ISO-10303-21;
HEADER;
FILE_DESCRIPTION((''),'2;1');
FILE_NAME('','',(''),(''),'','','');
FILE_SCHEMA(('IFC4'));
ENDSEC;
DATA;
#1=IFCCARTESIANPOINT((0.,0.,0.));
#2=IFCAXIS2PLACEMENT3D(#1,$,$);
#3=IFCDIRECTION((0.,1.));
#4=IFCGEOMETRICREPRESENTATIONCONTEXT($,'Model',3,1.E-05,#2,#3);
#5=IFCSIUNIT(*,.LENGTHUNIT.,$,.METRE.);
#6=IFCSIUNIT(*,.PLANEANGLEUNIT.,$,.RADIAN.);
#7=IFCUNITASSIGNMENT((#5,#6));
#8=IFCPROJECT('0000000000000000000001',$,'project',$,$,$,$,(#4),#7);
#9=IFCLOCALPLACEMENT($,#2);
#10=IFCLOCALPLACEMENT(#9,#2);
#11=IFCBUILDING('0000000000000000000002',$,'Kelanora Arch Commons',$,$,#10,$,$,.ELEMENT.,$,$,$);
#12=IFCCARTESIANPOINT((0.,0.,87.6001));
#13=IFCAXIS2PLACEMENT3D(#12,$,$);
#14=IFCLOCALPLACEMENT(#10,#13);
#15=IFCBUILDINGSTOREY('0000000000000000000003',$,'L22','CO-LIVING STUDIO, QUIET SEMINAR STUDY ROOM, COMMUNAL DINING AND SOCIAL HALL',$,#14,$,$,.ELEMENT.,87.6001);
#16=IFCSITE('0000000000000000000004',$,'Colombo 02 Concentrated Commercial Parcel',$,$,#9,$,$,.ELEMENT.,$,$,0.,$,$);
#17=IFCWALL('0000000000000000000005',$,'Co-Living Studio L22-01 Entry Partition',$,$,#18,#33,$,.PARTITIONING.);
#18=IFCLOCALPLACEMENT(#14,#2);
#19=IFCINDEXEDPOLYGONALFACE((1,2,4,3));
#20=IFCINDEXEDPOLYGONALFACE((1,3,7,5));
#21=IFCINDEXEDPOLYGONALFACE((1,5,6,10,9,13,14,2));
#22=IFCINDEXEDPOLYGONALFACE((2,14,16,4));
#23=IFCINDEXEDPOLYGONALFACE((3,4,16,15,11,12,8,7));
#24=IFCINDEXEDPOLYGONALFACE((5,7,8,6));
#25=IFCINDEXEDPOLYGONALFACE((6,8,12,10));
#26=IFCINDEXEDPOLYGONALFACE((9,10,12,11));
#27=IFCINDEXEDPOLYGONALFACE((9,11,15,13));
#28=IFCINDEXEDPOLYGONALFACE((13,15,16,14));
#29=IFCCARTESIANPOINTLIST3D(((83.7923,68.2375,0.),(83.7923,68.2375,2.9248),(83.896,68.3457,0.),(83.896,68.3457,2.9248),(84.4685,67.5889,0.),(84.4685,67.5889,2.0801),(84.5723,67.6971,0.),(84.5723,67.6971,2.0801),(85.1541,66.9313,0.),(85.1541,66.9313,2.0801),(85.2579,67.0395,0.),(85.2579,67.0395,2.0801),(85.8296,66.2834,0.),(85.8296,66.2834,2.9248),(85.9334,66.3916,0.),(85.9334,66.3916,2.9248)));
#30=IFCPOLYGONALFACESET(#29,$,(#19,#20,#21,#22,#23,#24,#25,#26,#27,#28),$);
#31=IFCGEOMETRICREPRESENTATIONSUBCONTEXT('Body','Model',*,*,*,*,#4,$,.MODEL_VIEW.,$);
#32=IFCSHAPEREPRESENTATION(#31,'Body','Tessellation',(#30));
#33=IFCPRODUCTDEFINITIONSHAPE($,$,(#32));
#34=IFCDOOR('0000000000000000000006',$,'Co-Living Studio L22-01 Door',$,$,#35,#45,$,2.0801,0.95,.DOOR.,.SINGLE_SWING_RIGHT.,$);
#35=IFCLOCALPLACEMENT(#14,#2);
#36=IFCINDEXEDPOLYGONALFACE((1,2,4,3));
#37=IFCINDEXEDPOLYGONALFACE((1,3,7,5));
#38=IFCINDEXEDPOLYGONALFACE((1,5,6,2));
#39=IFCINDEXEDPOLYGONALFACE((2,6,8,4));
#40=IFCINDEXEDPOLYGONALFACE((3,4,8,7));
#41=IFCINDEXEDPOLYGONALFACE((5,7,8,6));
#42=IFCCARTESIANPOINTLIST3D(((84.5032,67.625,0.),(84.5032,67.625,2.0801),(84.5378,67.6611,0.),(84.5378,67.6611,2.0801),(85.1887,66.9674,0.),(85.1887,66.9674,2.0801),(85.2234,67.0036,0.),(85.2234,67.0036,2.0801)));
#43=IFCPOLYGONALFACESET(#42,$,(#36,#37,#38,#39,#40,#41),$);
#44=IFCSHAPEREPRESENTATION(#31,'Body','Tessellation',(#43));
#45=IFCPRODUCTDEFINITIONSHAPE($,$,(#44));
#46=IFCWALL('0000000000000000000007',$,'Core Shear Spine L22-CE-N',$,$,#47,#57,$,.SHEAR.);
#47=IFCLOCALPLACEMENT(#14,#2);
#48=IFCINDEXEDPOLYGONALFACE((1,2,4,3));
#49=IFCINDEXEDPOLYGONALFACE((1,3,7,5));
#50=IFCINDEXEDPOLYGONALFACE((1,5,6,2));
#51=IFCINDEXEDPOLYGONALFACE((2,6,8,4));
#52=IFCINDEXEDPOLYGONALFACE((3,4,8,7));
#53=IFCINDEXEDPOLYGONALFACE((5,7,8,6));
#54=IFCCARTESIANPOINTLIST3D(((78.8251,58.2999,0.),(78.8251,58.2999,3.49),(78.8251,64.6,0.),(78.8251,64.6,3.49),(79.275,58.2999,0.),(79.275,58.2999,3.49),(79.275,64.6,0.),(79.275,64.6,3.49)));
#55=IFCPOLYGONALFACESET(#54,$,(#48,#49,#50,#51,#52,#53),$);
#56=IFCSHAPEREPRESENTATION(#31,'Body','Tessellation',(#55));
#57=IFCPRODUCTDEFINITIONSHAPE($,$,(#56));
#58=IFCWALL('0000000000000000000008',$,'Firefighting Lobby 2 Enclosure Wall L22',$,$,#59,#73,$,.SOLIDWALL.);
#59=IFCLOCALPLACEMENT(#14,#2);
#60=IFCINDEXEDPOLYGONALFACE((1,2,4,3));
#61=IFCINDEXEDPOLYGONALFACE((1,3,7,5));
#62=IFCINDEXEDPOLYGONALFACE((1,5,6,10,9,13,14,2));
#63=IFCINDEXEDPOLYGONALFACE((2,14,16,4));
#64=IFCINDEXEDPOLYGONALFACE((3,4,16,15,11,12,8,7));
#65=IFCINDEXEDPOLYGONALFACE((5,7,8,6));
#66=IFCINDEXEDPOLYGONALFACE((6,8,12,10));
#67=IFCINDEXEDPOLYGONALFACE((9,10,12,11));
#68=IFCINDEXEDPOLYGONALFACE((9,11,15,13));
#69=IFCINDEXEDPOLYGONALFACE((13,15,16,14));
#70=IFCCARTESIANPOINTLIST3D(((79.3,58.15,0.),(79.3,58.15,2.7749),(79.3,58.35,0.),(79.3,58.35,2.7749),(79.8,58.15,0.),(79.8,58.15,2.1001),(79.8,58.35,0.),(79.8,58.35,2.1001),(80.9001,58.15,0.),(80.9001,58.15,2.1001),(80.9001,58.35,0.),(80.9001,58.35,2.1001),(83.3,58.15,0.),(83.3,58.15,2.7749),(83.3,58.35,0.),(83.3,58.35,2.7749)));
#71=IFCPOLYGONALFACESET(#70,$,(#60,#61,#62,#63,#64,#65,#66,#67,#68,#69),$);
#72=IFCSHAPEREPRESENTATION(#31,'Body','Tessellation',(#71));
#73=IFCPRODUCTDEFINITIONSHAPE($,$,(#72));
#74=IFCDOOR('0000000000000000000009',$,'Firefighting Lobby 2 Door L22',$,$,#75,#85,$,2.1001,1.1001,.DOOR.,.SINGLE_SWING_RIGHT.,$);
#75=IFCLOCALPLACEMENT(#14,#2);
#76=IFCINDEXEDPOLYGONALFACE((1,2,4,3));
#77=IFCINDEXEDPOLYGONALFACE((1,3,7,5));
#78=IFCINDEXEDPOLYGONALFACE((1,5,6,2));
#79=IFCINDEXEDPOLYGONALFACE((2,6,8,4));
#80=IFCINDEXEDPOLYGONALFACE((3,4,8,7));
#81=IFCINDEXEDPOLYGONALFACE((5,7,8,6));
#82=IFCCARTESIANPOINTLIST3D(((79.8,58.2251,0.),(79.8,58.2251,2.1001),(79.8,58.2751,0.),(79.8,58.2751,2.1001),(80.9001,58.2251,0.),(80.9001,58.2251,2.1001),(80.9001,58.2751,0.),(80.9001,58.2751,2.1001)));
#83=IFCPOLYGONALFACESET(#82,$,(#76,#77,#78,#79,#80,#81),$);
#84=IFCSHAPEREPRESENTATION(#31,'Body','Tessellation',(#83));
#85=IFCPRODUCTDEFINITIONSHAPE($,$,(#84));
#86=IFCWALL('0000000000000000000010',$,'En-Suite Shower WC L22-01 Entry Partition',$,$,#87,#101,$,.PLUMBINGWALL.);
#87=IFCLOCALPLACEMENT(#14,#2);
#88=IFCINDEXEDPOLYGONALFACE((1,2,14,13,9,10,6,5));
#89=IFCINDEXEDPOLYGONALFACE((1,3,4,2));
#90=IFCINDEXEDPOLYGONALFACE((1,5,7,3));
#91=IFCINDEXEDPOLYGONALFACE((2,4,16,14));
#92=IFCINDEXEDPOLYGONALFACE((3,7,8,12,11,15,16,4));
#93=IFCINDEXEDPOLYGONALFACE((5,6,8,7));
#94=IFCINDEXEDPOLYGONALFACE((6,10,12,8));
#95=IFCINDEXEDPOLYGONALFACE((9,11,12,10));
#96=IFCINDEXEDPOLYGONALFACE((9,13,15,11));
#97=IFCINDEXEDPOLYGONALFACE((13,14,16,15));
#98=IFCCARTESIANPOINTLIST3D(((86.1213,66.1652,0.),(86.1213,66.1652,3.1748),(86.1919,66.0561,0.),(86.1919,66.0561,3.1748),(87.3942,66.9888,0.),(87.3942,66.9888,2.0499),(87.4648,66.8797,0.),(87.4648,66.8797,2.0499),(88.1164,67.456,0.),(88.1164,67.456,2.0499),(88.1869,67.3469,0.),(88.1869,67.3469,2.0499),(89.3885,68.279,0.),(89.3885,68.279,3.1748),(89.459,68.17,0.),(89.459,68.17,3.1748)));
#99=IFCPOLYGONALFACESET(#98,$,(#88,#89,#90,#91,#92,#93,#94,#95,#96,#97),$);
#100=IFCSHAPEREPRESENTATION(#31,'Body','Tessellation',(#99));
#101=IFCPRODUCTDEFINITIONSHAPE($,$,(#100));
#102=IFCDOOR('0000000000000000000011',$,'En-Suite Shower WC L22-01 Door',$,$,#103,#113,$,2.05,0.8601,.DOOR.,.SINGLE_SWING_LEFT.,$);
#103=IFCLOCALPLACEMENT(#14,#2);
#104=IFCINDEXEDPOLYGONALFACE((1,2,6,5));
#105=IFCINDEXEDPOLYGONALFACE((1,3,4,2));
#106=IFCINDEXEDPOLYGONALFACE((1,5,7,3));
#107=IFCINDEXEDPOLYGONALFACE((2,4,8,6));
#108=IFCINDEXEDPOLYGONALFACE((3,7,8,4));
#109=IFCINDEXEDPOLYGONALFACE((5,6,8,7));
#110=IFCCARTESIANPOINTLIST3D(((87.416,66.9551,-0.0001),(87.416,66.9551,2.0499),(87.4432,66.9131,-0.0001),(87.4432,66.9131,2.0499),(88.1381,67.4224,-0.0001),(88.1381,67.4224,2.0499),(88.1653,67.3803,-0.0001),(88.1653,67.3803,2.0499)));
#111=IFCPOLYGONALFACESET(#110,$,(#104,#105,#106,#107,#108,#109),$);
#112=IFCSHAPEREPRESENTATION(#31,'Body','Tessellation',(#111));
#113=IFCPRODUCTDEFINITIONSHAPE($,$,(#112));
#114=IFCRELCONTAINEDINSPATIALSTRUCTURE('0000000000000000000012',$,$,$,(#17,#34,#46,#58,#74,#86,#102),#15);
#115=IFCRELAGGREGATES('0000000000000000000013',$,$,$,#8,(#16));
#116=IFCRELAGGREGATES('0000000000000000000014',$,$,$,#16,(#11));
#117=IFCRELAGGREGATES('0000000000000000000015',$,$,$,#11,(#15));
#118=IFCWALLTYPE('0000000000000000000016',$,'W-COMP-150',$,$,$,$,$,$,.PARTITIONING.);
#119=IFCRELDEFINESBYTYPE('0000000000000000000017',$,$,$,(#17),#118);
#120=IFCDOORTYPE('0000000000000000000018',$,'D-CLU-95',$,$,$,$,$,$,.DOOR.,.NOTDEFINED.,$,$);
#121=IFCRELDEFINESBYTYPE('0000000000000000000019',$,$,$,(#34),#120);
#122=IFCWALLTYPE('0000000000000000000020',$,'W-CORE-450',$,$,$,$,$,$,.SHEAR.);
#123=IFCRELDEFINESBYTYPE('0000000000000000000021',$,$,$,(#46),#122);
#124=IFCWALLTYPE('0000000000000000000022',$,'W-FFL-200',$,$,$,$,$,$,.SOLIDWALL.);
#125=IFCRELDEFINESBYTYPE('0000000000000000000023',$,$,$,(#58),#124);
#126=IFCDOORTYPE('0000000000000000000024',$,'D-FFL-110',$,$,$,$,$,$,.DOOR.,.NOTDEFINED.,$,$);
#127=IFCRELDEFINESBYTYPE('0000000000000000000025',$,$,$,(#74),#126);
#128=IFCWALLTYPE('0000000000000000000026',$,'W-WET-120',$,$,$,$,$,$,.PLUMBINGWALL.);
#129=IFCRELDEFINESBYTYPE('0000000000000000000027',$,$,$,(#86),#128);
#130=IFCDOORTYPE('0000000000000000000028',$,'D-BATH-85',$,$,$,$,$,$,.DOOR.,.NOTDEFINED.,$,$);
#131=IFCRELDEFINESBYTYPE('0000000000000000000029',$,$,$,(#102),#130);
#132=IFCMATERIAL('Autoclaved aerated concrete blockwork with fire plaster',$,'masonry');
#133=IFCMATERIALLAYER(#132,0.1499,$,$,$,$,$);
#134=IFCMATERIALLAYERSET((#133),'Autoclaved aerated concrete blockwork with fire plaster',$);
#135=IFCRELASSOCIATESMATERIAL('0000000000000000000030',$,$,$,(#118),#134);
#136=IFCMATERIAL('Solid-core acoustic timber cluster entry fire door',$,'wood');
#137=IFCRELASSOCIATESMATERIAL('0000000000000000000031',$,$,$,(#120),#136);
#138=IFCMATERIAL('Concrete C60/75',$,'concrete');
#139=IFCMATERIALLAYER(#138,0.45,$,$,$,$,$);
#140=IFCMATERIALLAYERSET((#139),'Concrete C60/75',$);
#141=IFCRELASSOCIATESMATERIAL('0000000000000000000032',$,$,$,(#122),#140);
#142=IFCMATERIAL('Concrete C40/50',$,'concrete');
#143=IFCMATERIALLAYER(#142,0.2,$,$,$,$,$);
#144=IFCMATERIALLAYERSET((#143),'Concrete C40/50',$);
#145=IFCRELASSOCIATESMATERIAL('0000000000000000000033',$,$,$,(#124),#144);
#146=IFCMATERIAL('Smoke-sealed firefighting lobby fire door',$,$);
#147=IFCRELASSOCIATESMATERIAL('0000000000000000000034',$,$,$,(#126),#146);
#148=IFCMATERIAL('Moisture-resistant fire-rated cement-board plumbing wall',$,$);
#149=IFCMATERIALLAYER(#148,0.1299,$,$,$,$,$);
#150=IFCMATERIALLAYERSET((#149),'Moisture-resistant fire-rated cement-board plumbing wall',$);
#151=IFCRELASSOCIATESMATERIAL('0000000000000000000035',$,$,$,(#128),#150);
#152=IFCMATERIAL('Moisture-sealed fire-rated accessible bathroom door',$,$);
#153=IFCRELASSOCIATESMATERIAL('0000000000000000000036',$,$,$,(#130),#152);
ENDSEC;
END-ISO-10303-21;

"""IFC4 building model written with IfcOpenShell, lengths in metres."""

from ifc_helpers import new_model, si_unit, direction, frame, frame_2d, origin, place, context, subcontext, project, spatial, rectangle, extrude, material, layer, layer_set, type_object, element, fill, save


model = new_model("IFC4")

# Units and contexts
model_context = context("Model", 3, precision=1e-05, world=origin(), true_north=direction((0.0, 1.0)))
body_context = subcontext(model_context, "Body", "Model", "MODEL_VIEW")
ifc_project = project(units=[si_unit("LENGTHUNIT", "METRE"), si_unit("PLANEANGLEUNIT", "RADIAN")], contexts=[model_context])

# Site, building, storey
site_placement = place(None, origin())
site = spatial("IfcSite", under=ifc_project, at=site_placement, Name="Colombo 02 Concentrated Commercial Parcel", CompositionType="ELEMENT", RefElevation=0.0)
building_placement = place(site_placement, origin())
building = spatial("IfcBuilding", under=site, at=building_placement, Name="Kelanora Arch Commons", CompositionType="ELEMENT")
storey_placement = place(building_placement, frame((0.0, 0.0, 87.6001)))
storey = spatial("IfcBuildingStorey", under=building, at=storey_placement, Name="L22", Description="CO-LIVING STUDIO, QUIET SEMINAR STUDY ROOM, COMMUNAL DINING AND SOCIAL HALL", CompositionType="ELEMENT", Elevation=87.6001)

# Shared definitions
ifc_material_1 = material(Name="Concrete C60/75", Category="concrete")

# Shared definitions
ifc_material_2 = material(Name="Autoclaved aerated concrete blockwork with fire plaster", Category="masonry")
ifc_layer_1 = layer(ifc_material_2, 0.1499)
ifc_layer_set_1 = layer_set([ifc_layer_1], Name="Autoclaved aerated concrete blockwork with fire plaster")
wall_type_1 = type_object("IfcWallType", Name="W-COMP-150", PredefinedType="PARTITIONING", material=ifc_layer_set_1)

# Wall, opening, door
wall_1_placement = place(storey_placement, frame((85.8816, 66.3374, 0.0), z_axis=(0.0, 0.0, 1.0), x_axis=(-0.721698, 0.692208, 0.0)))
wall_1 = element("IfcWall", 1, at=wall_1_placement, inside=storey, type_object=wall_type_1, Name="Co-Living Studio L22-01 Entry Partition", PredefinedType="PARTITIONING", context=body_context, shape_type="SweptSolid", body=[
    extrude(rectangle(XDim=2.823, YDim=0.1499, at=frame_2d((1.4116, 0.0))), origin(), (0.0, 0.0, 1.0), 2.9248),
])
opening_1_placement = place(wall_1_placement, frame((0.936, 0.0, 0.0)))
opening_1 = element("IfcOpeningElement", 2, at=opening_1_placement, cuts=wall_1, PredefinedType="OPENING", context=body_context, shape_type="SweptSolid", body=[
    extrude(rectangle(XDim=0.95, YDim=2.0801, at=frame_2d((0.4751, 1.04))), frame((0.0, 0.085, 0.0), z_axis=(0.0, -1.0, 0.0), x_axis=(1.0, 0.0, 0.0)), (0.0, 0.0, 1.0), 0.1699),
])
ifc_material_3 = material(Name="Solid-core acoustic timber cluster entry fire door", Category="wood")
door_type_1 = type_object("IfcDoorType", Name="D-CLU-95", OperationType="NOTDEFINED", PredefinedType="DOOR", material=ifc_material_3)
door_1_placement = place(opening_1_placement, origin())
door_1 = element("IfcDoor", 3, at=door_1_placement, inside=storey, type_object=door_type_1, Name="Co-Living Studio L22-01 Door", OperationType="SINGLE_SWING_RIGHT", OverallHeight=2.0801, OverallWidth=0.95, PredefinedType="DOOR", context=body_context, shape_type="SweptSolid", body=[
    extrude(rectangle(XDim=0.95, YDim=2.0801, at=frame_2d((0.4751, 1.04))), frame((0.0, 0.0249, 0.0), z_axis=(0.0, -1.0, 0.0), x_axis=(1.0, 0.0, 0.0)), (0.0, 0.0, 1.0), 0.05),
])
fill(opening_1, door_1)

# Wall
ifc_layer_2 = layer(ifc_material_1, 0.45)
ifc_layer_set_2 = layer_set([ifc_layer_2], Name="Concrete C60/75")
wall_type_2 = type_object("IfcWallType", Name="W-CORE-450", PredefinedType="SHEAR", material=ifc_layer_set_2)
wall_2_placement = place(storey_placement, frame((79.05, 58.3, 0.0), z_axis=(0.0, 0.0, 1.0), x_axis=(0.0, 1.0, 0.0)))
element("IfcWall", 4, at=wall_2_placement, inside=storey, type_object=wall_type_2, Name="Core Shear Spine L22-CE-N", PredefinedType="SHEAR", context=body_context, shape_type="SweptSolid", body=[
    extrude(rectangle(XDim=6.3, YDim=0.45, at=frame_2d((3.1499, 0.0))), origin(), (0.0, 0.0, 1.0), 3.49),
])

# Walls, openings, doors
ifc_material_4 = material(Name="Concrete C40/50", Category="concrete")
ifc_layer_3 = layer(ifc_material_4, 0.2)
ifc_layer_set_3 = layer_set([ifc_layer_3], Name="Concrete C40/50")
wall_type_3 = type_object("IfcWallType", Name="W-FFL-200", PredefinedType="SOLIDWALL", material=ifc_layer_set_3)
wall_3_placement = place(storey_placement, frame((79.3, 58.25, 0.0), z_axis=(0.0, 0.0, 1.0), x_axis=(1.0, 0.0, 0.0)))
wall_3 = element("IfcWall", 5, at=wall_3_placement, inside=storey, type_object=wall_type_3, Name="Firefighting Lobby 2 Enclosure Wall L22", PredefinedType="SOLIDWALL", context=body_context, shape_type="SweptSolid", body=[
    extrude(rectangle(XDim=4.0, YDim=0.2, at=frame_2d((2.0, 0.0))), origin(), (0.0, 0.0, 1.0), 2.7749),
])
opening_2_placement = place(wall_3_placement, frame((0.5, 0.0, 0.0)))
opening_2 = element("IfcOpeningElement", 6, at=opening_2_placement, cuts=wall_3, PredefinedType="OPENING", context=body_context, shape_type="SweptSolid", body=[
    extrude(rectangle(XDim=1.1001, YDim=2.1001, at=frame_2d((0.55, 1.05))), frame((0.0, 0.1099, 0.0), z_axis=(0.0, -1.0, 0.0), x_axis=(1.0, 0.0, 0.0)), (0.0, 0.0, 1.0), 0.22),
])
ifc_material_5 = material(Name="Smoke-sealed firefighting lobby fire door")
door_type_2 = type_object("IfcDoorType", Name="D-FFL-110", OperationType="NOTDEFINED", PredefinedType="DOOR", material=ifc_material_5)
door_2_placement = place(opening_2_placement, frame((1.1001, 0.0, 0.0), z_axis=(0.0, 0.0, 1.0), x_axis=(-1.0, 0.0, 0.0)))
door_2 = element("IfcDoor", 7, at=door_2_placement, inside=storey, type_object=door_type_2, Name="Firefighting Lobby 2 Door L22", OperationType="SINGLE_SWING_RIGHT", OverallHeight=2.1001, OverallWidth=1.1001, PredefinedType="DOOR", context=body_context, shape_type="SweptSolid", body=[
    extrude(rectangle(XDim=1.1001, YDim=2.1001, at=frame_2d((0.55, 1.05))), frame((0.0, 0.0249, 0.0), z_axis=(0.0, -1.0, 0.0), x_axis=(1.0, 0.0, 0.0)), (0.0, 0.0, 1.0), 0.05),
])
fill(opening_2, door_2)
ifc_material_6 = material(Name="Moisture-resistant fire-rated cement-board plumbing wall")
ifc_layer_4 = layer(ifc_material_6, 0.1299)
ifc_layer_set_4 = layer_set([ifc_layer_4], Name="Moisture-resistant fire-rated cement-board plumbing wall")
wall_type_4 = type_object("IfcWallType", Name="W-WET-120", PredefinedType="PLUMBINGWALL", material=ifc_layer_set_4)
wall_4_placement = place(storey_placement, frame((86.1565, 66.1106, 0.0), z_axis=(0.0, 0.0, 1.0), x_axis=(0.839597, 0.54321, 0.0)))
wall_4 = element("IfcWall", 8, at=wall_4_placement, inside=storey, type_object=wall_type_4, Name="En-Suite Shower WC L22-01 Entry Partition", PredefinedType="PLUMBINGWALL", context=body_context, shape_type="SweptSolid", body=[
    extrude(rectangle(XDim=3.8914, YDim=0.1299, at=frame_2d((1.9458, 0.0))), origin(), (0.0, 0.0, 1.0), 3.1748),
])
opening_3_placement = place(wall_4_placement, frame((1.5161, 0.0, 0.0)))
opening_3 = element("IfcOpeningElement", 9, at=opening_3_placement, cuts=wall_4, PredefinedType="OPENING", context=body_context, shape_type="SweptSolid", body=[
    extrude(rectangle(XDim=0.8601, YDim=2.05, at=frame_2d((0.4302, 1.0249))), frame((0.0, 0.075, 0.0), z_axis=(0.0, -1.0, 0.0), x_axis=(1.0, 0.0, 0.0)), (0.0, 0.0, 1.0), 0.1499),
])
ifc_material_7 = material(Name="Moisture-sealed fire-rated accessible bathroom door")
door_type_3 = type_object("IfcDoorType", Name="D-BATH-85", OperationType="NOTDEFINED", PredefinedType="DOOR", material=ifc_material_7)
door_3_placement = place(opening_3_placement, origin())
door_3 = element("IfcDoor", 10, at=door_3_placement, inside=storey, type_object=door_type_3, Name="En-Suite Shower WC L22-01 Door", OperationType="SINGLE_SWING_LEFT", OverallHeight=2.05, OverallWidth=0.8601, PredefinedType="DOOR", context=body_context, shape_type="SweptSolid", body=[
    extrude(rectangle(XDim=0.8601, YDim=2.05, at=frame_2d((0.4302, 1.0249))), frame((0.0, 0.0249, 0.0), z_axis=(0.0, -1.0, 0.0), x_axis=(1.0, 0.0, 0.0)), (0.0, 0.0, 1.0), 0.05),
])
fill(opening_3, door_3)

save(model, "model.ifc")
